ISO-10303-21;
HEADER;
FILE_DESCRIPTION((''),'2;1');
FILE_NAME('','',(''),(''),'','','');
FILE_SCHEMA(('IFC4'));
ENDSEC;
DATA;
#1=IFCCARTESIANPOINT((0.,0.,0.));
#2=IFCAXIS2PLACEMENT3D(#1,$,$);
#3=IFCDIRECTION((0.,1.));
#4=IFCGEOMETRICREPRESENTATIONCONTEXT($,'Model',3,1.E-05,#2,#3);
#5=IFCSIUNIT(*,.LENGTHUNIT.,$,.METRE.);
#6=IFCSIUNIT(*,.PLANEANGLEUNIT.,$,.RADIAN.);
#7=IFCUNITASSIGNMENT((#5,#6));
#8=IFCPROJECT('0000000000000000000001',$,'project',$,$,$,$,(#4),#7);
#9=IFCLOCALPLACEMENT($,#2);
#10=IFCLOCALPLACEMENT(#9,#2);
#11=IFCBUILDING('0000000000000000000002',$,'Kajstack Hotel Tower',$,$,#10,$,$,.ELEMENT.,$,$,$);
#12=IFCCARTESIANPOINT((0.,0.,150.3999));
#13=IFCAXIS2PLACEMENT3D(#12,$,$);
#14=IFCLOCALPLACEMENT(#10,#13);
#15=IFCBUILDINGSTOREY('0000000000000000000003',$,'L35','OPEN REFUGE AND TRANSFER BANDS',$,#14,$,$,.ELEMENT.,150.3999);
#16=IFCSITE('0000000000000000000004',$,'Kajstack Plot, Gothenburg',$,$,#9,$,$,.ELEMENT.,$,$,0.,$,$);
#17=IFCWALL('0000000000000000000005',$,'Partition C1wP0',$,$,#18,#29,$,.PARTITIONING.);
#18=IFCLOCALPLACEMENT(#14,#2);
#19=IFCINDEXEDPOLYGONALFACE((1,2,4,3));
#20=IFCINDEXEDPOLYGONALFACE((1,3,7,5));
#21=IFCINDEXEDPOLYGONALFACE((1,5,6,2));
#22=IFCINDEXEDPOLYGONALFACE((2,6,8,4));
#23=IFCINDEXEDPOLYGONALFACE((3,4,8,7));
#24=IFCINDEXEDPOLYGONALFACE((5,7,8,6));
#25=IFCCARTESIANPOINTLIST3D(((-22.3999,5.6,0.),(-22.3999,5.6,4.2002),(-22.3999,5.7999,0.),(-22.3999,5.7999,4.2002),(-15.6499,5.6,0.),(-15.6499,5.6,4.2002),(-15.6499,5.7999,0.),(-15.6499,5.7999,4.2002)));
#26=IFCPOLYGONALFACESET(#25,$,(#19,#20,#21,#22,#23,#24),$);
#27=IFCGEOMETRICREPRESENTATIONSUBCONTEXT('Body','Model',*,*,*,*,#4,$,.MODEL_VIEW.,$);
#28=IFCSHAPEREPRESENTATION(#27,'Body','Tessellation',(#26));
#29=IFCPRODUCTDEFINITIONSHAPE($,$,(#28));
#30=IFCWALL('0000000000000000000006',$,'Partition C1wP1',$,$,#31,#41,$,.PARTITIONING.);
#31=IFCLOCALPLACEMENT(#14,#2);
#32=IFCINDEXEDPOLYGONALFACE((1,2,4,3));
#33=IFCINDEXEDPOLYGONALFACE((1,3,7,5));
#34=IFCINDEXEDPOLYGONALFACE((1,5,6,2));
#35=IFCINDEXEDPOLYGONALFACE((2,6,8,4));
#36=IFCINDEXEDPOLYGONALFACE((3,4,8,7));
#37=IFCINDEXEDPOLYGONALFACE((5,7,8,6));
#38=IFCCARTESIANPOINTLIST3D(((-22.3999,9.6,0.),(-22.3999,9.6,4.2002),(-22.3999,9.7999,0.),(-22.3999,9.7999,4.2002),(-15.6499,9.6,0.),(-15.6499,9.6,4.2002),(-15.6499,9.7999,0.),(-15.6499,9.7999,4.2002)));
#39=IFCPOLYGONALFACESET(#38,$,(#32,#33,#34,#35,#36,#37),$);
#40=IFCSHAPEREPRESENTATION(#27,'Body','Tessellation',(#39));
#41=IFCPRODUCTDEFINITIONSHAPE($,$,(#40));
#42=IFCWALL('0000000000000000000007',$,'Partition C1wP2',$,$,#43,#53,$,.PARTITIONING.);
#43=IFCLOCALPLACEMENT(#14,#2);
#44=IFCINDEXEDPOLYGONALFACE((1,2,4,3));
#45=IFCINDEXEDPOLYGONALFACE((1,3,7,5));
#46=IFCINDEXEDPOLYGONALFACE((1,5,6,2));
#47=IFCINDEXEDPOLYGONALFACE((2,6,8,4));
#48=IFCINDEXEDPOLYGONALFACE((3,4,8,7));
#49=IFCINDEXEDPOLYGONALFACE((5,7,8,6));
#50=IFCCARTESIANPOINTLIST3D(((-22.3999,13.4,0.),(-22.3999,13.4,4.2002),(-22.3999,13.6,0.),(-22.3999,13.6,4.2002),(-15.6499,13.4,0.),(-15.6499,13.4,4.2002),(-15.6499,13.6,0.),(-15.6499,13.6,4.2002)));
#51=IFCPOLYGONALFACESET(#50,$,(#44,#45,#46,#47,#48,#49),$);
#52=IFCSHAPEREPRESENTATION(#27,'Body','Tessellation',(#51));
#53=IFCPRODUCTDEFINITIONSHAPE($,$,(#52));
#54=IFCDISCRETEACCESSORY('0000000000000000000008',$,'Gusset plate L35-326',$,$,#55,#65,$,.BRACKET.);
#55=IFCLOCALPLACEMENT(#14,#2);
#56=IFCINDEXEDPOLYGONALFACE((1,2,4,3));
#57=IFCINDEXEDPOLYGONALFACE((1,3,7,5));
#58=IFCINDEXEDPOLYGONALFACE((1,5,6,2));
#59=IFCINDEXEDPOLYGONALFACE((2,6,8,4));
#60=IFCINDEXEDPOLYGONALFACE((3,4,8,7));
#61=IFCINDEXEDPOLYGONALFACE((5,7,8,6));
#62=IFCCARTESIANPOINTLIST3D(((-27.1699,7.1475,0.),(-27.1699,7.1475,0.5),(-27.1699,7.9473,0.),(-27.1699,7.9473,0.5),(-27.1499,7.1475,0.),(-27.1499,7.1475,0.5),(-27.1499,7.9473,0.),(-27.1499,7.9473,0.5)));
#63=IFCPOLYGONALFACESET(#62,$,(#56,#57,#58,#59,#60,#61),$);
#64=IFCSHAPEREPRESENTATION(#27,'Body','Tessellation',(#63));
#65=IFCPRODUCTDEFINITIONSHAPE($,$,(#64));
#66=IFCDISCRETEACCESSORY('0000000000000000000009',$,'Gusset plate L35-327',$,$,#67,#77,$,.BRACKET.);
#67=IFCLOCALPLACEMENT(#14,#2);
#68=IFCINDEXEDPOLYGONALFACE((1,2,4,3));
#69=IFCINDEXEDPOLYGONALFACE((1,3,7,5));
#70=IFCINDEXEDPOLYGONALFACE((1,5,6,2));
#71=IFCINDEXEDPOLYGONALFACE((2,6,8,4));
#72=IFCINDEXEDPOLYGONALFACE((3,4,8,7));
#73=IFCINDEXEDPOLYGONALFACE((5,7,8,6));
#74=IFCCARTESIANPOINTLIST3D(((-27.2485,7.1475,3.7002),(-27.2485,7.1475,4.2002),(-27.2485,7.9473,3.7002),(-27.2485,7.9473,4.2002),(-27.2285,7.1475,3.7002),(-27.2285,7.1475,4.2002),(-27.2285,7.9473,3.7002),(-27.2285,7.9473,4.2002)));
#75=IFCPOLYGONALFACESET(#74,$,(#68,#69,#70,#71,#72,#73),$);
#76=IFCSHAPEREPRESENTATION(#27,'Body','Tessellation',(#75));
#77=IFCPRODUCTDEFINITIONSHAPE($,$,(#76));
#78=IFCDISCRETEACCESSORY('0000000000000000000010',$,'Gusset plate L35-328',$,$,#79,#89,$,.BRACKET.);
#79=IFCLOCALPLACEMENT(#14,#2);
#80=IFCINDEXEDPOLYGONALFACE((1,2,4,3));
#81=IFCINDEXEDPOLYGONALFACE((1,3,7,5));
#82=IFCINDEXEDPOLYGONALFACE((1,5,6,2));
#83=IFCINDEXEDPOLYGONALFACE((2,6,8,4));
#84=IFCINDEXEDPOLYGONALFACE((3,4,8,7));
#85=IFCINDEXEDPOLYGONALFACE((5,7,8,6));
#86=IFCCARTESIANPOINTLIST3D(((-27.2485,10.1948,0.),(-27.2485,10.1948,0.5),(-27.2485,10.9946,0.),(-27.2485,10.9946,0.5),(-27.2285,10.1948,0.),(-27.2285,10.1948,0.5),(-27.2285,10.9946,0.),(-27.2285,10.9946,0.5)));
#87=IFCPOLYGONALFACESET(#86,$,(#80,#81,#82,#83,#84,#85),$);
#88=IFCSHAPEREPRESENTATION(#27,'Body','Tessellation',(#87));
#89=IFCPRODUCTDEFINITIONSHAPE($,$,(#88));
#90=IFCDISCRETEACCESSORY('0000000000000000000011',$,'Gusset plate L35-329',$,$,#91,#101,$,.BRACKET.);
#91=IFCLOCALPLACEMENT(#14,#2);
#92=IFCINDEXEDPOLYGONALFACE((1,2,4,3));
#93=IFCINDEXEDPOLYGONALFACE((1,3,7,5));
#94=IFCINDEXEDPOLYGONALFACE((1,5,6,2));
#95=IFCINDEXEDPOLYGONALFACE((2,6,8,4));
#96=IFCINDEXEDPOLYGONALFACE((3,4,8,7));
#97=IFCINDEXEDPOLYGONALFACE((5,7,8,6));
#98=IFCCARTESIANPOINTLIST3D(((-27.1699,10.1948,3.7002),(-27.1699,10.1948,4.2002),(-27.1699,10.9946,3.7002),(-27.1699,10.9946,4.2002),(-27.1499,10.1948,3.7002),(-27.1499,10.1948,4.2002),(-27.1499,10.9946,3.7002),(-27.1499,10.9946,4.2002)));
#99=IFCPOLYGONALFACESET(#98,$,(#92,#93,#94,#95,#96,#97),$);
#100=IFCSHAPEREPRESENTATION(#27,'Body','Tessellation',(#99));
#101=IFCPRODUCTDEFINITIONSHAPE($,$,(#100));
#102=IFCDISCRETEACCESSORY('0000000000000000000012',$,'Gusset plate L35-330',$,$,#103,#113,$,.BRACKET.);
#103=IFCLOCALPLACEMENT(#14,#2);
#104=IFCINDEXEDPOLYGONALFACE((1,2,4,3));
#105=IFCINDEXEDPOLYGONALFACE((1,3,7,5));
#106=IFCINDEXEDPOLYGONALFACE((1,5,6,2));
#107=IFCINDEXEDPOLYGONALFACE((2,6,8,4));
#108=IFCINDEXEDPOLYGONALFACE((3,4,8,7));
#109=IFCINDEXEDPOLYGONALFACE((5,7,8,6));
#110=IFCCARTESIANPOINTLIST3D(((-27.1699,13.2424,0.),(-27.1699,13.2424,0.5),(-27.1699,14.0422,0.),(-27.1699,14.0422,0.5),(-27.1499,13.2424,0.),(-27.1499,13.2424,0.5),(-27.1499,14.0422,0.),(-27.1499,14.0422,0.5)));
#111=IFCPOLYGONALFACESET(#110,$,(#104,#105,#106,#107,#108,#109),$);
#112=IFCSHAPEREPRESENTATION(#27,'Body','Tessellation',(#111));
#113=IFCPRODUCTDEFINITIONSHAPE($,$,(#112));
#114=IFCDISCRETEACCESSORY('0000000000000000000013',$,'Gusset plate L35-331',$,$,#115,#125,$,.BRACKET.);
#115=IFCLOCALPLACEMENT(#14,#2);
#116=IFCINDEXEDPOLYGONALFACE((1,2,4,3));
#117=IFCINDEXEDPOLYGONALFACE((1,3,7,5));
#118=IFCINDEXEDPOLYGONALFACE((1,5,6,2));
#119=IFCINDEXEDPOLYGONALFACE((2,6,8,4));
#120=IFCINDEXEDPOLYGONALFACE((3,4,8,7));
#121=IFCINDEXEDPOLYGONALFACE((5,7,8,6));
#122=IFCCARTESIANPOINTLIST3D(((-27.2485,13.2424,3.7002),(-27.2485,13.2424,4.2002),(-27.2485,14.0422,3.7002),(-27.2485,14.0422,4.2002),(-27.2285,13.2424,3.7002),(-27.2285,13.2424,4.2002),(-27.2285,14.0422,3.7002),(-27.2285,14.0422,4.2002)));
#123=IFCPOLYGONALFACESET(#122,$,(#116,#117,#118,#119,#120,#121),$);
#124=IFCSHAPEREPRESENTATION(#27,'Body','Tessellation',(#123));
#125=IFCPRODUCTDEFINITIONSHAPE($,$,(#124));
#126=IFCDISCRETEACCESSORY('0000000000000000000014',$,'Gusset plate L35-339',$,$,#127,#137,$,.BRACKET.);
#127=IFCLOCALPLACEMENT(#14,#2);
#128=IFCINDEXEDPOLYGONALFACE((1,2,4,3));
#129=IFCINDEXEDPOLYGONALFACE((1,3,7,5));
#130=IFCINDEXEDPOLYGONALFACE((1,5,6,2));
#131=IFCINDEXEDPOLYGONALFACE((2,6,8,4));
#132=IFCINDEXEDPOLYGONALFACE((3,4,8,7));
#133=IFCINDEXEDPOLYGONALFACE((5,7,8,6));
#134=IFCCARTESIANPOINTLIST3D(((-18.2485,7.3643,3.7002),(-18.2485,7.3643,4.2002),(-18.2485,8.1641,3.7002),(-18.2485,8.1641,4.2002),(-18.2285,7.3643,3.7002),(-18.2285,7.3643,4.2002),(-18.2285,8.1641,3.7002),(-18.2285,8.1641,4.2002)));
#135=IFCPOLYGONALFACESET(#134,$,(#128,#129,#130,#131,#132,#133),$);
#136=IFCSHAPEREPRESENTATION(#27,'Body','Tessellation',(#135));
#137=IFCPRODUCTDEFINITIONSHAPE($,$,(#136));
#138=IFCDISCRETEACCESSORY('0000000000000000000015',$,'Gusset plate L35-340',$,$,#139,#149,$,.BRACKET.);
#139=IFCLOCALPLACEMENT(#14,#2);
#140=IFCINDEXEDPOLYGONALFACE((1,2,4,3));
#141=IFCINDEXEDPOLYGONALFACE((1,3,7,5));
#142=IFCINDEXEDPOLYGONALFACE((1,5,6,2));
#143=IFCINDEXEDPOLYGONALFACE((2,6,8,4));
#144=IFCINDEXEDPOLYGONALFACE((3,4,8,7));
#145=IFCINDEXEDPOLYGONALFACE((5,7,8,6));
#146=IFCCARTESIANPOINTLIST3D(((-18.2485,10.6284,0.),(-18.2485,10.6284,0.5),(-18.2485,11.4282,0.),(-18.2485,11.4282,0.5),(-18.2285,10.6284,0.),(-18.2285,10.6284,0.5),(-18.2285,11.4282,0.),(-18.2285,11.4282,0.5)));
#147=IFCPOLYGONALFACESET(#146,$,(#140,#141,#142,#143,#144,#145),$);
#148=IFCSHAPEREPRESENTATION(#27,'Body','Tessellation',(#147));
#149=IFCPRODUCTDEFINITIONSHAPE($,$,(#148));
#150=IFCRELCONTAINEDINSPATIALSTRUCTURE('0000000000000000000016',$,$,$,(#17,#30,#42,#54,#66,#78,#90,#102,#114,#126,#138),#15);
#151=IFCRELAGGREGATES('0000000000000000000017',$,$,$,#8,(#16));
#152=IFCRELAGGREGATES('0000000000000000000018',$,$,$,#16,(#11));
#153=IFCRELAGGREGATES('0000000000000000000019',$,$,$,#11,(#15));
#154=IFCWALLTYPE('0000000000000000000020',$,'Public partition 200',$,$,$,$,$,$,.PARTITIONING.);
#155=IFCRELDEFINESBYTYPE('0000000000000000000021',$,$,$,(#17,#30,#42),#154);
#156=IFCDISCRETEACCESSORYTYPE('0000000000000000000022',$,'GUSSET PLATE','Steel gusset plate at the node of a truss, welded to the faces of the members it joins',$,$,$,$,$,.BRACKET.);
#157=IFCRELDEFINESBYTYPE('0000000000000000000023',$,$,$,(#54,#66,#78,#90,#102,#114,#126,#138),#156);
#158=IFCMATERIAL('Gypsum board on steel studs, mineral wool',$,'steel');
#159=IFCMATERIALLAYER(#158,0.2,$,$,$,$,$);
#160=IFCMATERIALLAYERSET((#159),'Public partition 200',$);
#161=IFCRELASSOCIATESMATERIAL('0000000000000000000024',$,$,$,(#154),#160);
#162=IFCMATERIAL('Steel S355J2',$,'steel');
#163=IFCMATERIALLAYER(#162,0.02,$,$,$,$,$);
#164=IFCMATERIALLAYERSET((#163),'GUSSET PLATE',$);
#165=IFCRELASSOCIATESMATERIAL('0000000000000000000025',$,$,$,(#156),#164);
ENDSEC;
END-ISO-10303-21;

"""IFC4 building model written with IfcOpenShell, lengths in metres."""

from ifc_helpers import new_model, si_unit, direction, frame, frame_2d, origin, place, context, subcontext, project, spatial, polyline, rectangle, outline, extrude, material, layer, layer_set, type_object, element, save


model = new_model("IFC4")

# Units and contexts
model_context = context("Model", 3, precision=1e-05, world=origin(), true_north=direction((0.0, 1.0)))
body_context = subcontext(model_context, "Body", "Model", "MODEL_VIEW")
ifc_project = project(units=[si_unit("LENGTHUNIT", "METRE"), si_unit("PLANEANGLEUNIT", "RADIAN")], contexts=[model_context])

# Site, building, storey
site_placement = place(None, origin())
site = spatial("IfcSite", under=ifc_project, at=site_placement, Name="Kajstack Plot, Gothenburg", CompositionType="ELEMENT", RefElevation=0.0)
building_placement = place(site_placement, origin())
building = spatial("IfcBuilding", under=site, at=building_placement, Name="Kajstack Hotel Tower", CompositionType="ELEMENT")
storey_placement = place(building_placement, frame((0.0, 0.0, 150.3999)))
storey = spatial("IfcBuildingStorey", under=building, at=storey_placement, Name="L35", Description="OPEN REFUGE AND TRANSFER BANDS", CompositionType="ELEMENT", Elevation=150.3999)

# Shared definitions
ifc_material_1 = material(Name="Steel S355J2", Category="steel")

# Walls
ifc_material_2 = material(Name="Gypsum board on steel studs, mineral wool", Category="steel")
ifc_layer_1 = layer(ifc_material_2, 0.2)
ifc_layer_set_1 = layer_set([ifc_layer_1], Name="Public partition 200")
wall_type = type_object("IfcWallType", Name="Public partition 200", PredefinedType="PARTITIONING", material=ifc_layer_set_1)
for number, where, z_axis, x_axis, name in (
    (1, (-22.3999, 5.7, 0.0), (0.0, 0.0, 1.0), (1.0, 0.0, 0.0), "Partition C1wP0"),
    (2, (-22.3999, 9.7, 0.0), (0.0, 0.0, 1.0), (1.0, 0.0, 0.0), "Partition C1wP1"),
    (3, (-22.3999, 13.5, 0.0), (0.0, 0.0, 1.0), (1.0, 0.0, 0.0), "Partition C1wP2"),
):
    element("IfcWall", number, at=place(storey_placement, frame(where, z_axis=z_axis, x_axis=x_axis)), inside=storey, type_object=wall_type, Name=name, PredefinedType="PARTITIONING", context=body_context, shape_type="SweptSolid", body=[
        extrude(rectangle(XDim=6.75, YDim=0.2, at=frame_2d((3.375, 0.0))), origin(), (0.0, 0.0, 1.0), 4.2002),
    ])

# Discrete accessories
ifc_layer_2 = layer(ifc_material_1, 0.02)
ifc_layer_set_2 = layer_set([ifc_layer_2], Name="GUSSET PLATE")
discrete_accessory_type = type_object("IfcDiscreteAccessoryType", Name="GUSSET PLATE", Description="Steel gusset plate at the node of a truss, welded to the faces of the members it joins", PredefinedType="BRACKET", material=ifc_layer_set_2)
for number, where, z_axis, x_axis, name in (
    (4, (-27.1699, 7.5474, 0.0), (1.0, 0.0, 0.0), (0.0, 1.0, 0.0), "Gusset plate L35-326"),
    (5, (-27.2485, 7.5474, 3.7002), (1.0, 0.0, 0.0), (0.0, 1.0, 0.0), "Gusset plate L35-327"),
    (6, (-27.2485, 10.5947, 0.0), (1.0, 0.0, 0.0), (0.0, 1.0, 0.0), "Gusset plate L35-328"),
    (7, (-27.1699, 10.5947, 3.7002), (1.0, 0.0, 0.0), (0.0, 1.0, 0.0), "Gusset plate L35-329"),
    (8, (-27.1699, 13.6423, 0.0), (1.0, 0.0, 0.0), (0.0, 1.0, 0.0), "Gusset plate L35-330"),
    (9, (-27.2485, 13.6423, 3.7002), (1.0, 0.0, 0.0), (0.0, 1.0, 0.0), "Gusset plate L35-331"),
    (10, (-18.2485, 7.7642, 3.7002), (1.0, 0.0, 0.0), (0.0, 1.0, 0.0), "Gusset plate L35-339"),
    (11, (-18.2485, 11.0283, 0.0), (1.0, 0.0, 0.0), (0.0, 1.0, 0.0), "Gusset plate L35-340"),
):
    element("IfcDiscreteAccessory", number, at=place(storey_placement, frame(where, z_axis=z_axis, x_axis=x_axis)), inside=storey, type_object=discrete_accessory_type, Name=name, PredefinedType="BRACKET", context=body_context, shape_type="SweptSolid", body=[
        extrude(outline(polyline([(-0.3999, 0.0), (0.3999, 0.0), (0.3999, 0.5), (-0.3999, 0.5), (-0.3999, 0.0)])), origin(), (0.0, 0.0, 1.0), 0.02),
    ])

save(model, "model.ifc")
